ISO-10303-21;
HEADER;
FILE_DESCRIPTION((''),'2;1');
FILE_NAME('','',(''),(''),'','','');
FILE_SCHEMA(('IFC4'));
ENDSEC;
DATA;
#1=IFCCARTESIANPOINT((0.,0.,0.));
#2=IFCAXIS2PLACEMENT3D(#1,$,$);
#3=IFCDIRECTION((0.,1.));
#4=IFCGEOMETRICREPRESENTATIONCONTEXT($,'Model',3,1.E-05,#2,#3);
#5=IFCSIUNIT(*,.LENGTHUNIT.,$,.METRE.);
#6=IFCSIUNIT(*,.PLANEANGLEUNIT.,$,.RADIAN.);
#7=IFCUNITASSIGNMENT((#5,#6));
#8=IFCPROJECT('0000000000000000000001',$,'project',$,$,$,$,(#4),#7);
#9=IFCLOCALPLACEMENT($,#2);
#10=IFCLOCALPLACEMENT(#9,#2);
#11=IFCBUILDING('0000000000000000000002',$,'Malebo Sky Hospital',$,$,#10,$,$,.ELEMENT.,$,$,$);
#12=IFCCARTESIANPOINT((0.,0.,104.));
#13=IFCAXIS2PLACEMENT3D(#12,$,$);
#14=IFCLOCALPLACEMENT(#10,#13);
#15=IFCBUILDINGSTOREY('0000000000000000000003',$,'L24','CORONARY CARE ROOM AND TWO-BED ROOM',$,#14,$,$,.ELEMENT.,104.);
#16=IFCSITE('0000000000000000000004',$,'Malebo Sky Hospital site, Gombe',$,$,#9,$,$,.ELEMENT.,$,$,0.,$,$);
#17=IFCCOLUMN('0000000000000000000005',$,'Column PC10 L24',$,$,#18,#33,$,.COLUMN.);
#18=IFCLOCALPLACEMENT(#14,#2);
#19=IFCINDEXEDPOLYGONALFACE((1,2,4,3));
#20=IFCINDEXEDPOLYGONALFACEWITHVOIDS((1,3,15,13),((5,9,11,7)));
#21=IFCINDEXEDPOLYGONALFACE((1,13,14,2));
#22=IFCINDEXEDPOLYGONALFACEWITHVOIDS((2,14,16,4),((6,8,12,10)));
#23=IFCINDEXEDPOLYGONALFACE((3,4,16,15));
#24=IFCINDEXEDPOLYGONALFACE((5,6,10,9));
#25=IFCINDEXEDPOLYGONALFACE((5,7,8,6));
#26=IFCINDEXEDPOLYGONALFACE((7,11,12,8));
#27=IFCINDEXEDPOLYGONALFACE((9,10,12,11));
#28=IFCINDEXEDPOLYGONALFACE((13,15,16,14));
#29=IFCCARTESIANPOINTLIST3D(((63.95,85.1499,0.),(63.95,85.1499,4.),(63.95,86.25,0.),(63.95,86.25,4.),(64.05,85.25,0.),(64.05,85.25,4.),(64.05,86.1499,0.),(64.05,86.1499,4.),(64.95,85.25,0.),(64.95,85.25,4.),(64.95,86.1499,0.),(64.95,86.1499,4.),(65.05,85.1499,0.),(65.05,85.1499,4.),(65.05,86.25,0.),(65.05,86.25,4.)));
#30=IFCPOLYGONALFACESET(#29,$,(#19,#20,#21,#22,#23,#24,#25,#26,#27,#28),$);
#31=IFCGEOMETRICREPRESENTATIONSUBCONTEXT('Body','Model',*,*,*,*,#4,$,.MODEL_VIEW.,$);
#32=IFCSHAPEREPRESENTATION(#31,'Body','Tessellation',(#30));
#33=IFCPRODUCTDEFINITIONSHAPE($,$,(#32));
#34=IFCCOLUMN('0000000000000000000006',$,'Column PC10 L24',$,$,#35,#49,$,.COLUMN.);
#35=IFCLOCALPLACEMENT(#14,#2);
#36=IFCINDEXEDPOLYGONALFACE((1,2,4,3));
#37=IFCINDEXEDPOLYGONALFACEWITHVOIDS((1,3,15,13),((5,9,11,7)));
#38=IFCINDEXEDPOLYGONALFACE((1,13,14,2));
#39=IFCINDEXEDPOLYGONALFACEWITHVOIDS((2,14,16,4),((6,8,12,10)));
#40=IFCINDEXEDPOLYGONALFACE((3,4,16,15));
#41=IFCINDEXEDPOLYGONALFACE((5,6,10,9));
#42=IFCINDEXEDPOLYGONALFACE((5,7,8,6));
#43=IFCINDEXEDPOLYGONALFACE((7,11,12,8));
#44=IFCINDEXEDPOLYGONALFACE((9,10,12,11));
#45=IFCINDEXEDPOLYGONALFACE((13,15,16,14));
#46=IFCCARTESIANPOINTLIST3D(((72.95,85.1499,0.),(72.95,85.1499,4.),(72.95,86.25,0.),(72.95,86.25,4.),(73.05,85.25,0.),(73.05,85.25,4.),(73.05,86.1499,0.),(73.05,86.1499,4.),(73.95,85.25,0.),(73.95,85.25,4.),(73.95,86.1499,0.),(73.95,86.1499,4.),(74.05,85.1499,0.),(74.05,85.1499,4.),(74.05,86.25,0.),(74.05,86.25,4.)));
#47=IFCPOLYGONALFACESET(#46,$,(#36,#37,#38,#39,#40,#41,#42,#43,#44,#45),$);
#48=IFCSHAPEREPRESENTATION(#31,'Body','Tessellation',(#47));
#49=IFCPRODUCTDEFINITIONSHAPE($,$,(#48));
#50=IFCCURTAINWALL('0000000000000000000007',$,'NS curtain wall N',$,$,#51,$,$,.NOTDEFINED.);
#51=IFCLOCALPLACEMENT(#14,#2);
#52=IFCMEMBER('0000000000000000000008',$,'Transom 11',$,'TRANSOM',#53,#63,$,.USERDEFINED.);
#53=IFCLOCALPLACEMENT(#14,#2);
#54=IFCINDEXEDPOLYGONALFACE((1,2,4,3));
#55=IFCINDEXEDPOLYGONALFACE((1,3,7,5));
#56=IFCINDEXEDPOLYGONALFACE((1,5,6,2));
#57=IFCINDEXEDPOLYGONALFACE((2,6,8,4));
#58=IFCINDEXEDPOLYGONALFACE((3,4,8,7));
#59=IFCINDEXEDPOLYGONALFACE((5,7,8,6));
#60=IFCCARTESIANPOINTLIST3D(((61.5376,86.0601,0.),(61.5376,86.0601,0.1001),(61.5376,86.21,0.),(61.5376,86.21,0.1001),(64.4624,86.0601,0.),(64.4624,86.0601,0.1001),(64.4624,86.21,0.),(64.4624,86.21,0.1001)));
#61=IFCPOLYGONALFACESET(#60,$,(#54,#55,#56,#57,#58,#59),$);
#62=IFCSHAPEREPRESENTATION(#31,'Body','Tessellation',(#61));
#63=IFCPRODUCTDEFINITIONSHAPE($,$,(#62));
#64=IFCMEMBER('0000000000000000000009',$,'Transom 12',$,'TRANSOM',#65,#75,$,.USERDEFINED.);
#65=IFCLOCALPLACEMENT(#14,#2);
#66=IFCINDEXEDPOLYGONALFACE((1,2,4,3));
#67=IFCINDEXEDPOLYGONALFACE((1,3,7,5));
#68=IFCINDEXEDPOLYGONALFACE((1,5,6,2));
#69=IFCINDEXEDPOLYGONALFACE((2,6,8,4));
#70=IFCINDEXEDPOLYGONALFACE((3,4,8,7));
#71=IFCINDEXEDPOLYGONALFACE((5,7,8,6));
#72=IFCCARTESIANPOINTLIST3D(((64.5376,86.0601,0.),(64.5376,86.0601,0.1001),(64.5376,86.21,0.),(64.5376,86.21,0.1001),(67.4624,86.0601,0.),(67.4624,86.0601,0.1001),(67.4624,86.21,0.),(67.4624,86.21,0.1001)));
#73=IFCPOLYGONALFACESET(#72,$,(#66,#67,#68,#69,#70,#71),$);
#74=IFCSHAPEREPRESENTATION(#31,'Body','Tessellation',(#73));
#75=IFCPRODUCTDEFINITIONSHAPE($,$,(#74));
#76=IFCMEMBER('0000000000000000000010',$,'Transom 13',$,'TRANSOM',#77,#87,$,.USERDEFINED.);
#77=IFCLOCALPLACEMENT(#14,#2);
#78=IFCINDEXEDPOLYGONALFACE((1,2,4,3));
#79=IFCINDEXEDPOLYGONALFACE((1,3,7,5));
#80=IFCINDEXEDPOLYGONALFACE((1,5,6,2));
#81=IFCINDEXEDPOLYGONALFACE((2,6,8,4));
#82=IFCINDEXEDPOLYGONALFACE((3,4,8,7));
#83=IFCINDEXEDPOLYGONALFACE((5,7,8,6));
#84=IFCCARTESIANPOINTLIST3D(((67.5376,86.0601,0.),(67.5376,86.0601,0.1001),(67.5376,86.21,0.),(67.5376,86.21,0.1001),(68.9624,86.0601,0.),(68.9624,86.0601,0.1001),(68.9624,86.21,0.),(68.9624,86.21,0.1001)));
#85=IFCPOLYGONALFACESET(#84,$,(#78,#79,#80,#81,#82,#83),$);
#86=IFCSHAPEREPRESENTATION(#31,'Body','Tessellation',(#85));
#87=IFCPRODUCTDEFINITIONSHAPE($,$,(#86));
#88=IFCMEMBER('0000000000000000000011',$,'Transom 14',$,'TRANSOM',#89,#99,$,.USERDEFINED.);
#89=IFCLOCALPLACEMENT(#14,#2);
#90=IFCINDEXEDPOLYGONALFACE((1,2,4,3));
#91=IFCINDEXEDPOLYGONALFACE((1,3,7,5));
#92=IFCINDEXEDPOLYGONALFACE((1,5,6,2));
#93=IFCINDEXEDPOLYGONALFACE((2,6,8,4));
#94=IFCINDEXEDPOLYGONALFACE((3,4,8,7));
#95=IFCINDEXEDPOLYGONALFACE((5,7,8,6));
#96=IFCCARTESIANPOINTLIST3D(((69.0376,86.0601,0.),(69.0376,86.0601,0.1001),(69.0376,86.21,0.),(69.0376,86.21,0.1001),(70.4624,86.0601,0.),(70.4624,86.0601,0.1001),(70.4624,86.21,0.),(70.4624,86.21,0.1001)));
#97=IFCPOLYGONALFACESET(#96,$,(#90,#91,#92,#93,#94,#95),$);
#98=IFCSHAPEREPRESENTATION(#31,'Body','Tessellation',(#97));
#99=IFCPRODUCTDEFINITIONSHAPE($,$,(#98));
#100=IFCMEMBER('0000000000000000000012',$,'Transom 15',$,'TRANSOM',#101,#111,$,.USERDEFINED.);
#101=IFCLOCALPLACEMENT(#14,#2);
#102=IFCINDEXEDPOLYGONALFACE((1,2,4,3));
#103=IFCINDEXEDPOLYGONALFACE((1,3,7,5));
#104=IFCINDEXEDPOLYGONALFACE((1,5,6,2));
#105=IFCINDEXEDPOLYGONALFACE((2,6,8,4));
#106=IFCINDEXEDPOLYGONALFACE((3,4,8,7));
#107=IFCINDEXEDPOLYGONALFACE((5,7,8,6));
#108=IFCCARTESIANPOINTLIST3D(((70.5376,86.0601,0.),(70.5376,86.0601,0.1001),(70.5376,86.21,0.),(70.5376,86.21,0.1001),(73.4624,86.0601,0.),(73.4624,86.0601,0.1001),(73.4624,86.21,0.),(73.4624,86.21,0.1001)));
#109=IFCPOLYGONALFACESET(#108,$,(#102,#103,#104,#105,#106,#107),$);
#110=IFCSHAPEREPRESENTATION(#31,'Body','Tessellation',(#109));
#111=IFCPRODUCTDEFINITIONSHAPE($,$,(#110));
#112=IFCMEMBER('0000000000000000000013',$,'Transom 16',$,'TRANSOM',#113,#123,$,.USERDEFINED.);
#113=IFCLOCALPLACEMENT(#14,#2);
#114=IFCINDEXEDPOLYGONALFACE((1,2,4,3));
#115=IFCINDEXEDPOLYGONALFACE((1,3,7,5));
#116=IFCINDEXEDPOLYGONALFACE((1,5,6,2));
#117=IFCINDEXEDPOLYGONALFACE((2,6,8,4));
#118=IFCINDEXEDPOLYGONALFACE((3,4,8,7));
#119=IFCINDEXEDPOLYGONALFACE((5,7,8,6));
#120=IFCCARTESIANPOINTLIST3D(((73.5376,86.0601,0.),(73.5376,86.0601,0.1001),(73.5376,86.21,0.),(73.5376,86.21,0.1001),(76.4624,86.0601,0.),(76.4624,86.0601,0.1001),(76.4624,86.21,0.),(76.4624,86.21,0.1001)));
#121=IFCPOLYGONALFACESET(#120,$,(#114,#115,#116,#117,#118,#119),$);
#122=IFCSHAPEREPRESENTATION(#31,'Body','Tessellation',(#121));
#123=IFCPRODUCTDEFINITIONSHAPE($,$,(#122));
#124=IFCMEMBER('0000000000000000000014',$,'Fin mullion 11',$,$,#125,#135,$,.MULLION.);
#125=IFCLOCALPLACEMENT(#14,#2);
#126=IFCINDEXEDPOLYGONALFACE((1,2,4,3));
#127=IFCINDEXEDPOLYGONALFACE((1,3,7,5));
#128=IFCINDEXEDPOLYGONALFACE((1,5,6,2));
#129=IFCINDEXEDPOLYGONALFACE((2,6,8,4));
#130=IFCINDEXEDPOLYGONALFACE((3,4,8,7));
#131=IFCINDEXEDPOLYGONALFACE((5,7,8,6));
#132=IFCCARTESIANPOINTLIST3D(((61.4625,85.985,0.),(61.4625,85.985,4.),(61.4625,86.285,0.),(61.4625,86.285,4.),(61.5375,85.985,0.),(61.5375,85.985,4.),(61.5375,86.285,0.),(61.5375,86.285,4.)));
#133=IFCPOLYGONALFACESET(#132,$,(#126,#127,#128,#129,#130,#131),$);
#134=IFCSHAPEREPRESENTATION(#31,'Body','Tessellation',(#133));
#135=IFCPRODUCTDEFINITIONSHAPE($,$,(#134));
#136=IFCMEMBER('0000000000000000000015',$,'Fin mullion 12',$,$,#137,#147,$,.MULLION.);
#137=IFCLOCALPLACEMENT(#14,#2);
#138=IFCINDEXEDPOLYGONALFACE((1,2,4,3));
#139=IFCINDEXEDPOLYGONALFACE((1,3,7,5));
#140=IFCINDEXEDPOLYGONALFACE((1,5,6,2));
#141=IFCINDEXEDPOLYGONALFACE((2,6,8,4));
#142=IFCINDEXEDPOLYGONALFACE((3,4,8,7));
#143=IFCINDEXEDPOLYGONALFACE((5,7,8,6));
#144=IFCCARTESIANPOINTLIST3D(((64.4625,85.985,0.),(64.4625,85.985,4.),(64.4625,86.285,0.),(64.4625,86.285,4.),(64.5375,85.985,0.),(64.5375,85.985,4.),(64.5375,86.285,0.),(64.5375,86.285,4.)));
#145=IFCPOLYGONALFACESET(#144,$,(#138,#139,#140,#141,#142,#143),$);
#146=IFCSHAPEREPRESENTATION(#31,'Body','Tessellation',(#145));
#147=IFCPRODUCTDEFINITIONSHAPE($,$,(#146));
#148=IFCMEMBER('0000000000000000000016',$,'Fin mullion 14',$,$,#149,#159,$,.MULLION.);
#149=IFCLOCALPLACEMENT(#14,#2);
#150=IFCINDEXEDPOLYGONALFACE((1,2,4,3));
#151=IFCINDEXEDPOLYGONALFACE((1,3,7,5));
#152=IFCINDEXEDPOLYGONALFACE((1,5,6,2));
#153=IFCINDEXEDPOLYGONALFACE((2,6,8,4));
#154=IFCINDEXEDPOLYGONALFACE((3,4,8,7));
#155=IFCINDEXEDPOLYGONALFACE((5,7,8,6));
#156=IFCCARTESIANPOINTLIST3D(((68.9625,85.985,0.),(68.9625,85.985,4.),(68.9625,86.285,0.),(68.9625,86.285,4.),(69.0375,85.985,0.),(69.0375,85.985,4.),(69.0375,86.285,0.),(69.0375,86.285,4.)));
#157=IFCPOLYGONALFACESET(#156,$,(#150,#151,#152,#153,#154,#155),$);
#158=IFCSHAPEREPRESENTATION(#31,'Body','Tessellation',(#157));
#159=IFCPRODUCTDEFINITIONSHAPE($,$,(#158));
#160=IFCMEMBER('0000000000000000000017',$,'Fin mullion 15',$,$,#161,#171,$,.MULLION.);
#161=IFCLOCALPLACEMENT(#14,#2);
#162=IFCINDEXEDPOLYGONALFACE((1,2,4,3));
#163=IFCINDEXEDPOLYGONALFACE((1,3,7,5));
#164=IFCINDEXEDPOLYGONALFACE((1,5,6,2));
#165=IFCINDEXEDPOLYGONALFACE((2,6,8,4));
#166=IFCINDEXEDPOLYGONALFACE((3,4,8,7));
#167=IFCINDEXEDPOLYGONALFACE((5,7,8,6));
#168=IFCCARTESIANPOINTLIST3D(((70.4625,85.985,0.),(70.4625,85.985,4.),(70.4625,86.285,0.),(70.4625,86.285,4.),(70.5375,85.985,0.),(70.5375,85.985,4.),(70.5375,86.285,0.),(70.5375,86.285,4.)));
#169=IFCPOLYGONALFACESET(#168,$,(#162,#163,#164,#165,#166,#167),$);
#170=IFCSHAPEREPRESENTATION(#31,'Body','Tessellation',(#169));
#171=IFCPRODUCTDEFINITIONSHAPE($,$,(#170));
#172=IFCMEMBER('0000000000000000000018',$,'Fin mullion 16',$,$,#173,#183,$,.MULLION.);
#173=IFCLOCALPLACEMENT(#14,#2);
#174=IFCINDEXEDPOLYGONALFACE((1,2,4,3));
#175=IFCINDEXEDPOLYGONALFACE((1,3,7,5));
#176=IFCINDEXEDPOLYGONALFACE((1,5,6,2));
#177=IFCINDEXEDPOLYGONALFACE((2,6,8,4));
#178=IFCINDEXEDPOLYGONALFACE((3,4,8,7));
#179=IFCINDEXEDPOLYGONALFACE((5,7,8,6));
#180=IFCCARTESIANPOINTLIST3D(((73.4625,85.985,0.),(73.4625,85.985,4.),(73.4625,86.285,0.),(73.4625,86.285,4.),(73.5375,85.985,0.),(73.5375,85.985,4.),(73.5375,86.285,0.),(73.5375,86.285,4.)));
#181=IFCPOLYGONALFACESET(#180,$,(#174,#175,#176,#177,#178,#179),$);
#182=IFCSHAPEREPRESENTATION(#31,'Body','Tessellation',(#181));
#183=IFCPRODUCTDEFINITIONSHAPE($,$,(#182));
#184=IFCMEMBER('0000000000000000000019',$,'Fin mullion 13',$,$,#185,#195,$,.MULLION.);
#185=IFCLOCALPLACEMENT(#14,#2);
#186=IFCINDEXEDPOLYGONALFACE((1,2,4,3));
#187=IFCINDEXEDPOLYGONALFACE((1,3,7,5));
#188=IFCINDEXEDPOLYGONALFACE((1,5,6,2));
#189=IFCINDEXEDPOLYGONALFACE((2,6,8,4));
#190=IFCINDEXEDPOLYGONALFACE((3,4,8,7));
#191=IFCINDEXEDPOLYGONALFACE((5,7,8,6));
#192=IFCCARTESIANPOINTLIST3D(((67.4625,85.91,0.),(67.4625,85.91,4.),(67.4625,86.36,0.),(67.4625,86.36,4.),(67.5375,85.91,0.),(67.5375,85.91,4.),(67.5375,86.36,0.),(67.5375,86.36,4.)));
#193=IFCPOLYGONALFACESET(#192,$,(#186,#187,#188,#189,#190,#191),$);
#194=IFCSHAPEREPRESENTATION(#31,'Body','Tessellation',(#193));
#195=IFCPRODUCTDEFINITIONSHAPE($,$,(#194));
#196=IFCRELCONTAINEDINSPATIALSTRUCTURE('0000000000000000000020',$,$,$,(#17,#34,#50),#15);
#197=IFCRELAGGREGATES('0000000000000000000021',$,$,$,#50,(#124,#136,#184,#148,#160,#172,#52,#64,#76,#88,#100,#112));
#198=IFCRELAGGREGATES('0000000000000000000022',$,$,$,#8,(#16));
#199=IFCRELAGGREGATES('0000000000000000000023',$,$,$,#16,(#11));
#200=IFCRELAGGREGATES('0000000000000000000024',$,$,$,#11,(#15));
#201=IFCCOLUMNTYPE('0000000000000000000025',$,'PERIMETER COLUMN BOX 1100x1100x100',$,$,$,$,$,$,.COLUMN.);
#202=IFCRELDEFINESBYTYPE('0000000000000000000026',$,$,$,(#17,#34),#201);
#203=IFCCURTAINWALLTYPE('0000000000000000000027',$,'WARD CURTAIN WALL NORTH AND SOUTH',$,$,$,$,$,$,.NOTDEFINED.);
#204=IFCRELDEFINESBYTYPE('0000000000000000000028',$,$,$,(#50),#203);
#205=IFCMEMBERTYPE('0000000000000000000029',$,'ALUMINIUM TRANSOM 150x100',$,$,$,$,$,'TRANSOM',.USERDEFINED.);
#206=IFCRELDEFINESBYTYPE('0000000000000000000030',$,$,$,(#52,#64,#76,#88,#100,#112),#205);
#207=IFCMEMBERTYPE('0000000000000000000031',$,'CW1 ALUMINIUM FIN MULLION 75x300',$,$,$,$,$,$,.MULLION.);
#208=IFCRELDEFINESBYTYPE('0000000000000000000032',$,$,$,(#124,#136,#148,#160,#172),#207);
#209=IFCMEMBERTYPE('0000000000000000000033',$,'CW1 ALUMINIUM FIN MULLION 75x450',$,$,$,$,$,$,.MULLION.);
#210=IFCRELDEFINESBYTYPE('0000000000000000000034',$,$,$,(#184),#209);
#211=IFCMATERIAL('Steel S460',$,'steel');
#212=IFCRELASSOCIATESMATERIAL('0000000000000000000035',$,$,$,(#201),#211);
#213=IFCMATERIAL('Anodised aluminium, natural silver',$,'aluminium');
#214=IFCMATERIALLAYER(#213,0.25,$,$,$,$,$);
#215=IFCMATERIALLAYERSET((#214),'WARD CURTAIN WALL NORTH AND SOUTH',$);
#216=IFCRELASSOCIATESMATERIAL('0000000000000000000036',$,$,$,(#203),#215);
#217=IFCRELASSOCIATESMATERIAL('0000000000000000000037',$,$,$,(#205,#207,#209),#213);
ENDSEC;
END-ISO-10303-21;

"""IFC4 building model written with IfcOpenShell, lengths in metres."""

from ifc_helpers import new_model, si_unit, direction, frame, origin, origin_2d, place, context, subcontext, project, spatial, rectangle, hollow_rectangle, extrude, material, layer, layer_set, material_profile, profile_set, type_object, element, aggregate, save


model = new_model("IFC4")

# Units and contexts
model_context = context("Model", 3, precision=1e-05, world=origin(), true_north=direction((0.0, 1.0)))
body_context = subcontext(model_context, "Body", "Model", "MODEL_VIEW")
ifc_project = project(units=[si_unit("LENGTHUNIT", "METRE"), si_unit("PLANEANGLEUNIT", "RADIAN")], contexts=[model_context])

# Site, building, storey
site_placement = place(None, origin())
site = spatial("IfcSite", under=ifc_project, at=site_placement, Name="Malebo Sky Hospital site, Gombe", CompositionType="ELEMENT", RefElevation=0.0)
building_placement = place(site_placement, origin())
building = spatial("IfcBuilding", under=site, at=building_placement, Name="Malebo Sky Hospital", CompositionType="ELEMENT")
storey_placement = place(building_placement, frame((0.0, 0.0, 104.0)))
storey = spatial("IfcBuildingStorey", under=building, at=storey_placement, Name="L24", Description="CORONARY CARE ROOM AND TWO-BED ROOM", CompositionType="ELEMENT", Elevation=104.0)

# Columns
ifc_material_1 = material(Name="Steel S460", Category="steel")
ifc_material_profile_1 = material_profile(ifc_material_1, hollow_rectangle(XDim=1.1001, YDim=1.1001, WallThickness=0.1001, at=origin_2d()), Name="BOX 1100x1100x100")
ifc_profile_set_1 = profile_set([ifc_material_profile_1], Name="Steel S460")
column_type = type_object("IfcColumnType", Name="PERIMETER COLUMN BOX 1100x1100x100", PredefinedType="COLUMN", material=ifc_profile_set_1)
for number, where, z_axis, x_axis, name in (
    (1, (64.5, 85.7, 0.0), (0.0, 0.0, 1.0), (1.0, 0.0, 0.0), "Column PC10 L24"),
    (2, (73.5, 85.7, 0.0), (0.0, 0.0, 1.0), (1.0, 0.0, 0.0), "Column PC10 L24"),
):
    element("IfcColumn", number, at=place(storey_placement, frame(where, z_axis=z_axis, x_axis=x_axis)), inside=storey, type_object=column_type, Name=name, PredefinedType="COLUMN", context=body_context, shape_type="SweptSolid", body=[
        extrude(hollow_rectangle(XDim=1.1001, YDim=1.1001, WallThickness=0.1001, at=origin_2d()), origin(), (0.0, 0.0, 1.0), 4.0),
    ])

# Curtain wall, members
ifc_material_2 = material(Name="Anodised aluminium, natural silver", Category="aluminium")
ifc_layer_1 = layer(ifc_material_2, 0.25)
ifc_layer_set_1 = layer_set([ifc_layer_1], Name="WARD CURTAIN WALL NORTH AND SOUTH")
curtain_wall_type = type_object("IfcCurtainWallType", Name="WARD CURTAIN WALL NORTH AND SOUTH", PredefinedType="NOTDEFINED", material=ifc_layer_set_1)
curtain_wall_placement = place(storey_placement, origin())
curtain_wall = element("IfcCurtainWall", 3, at=curtain_wall_placement, inside=storey, type_object=curtain_wall_type, Name="NS curtain wall N", PredefinedType="NOTDEFINED")
ifc_material_profile_2 = material_profile(ifc_material_2, rectangle(XDim=0.1499, YDim=0.1001, at=origin_2d()), Name="ALUMINIUM TRANSOM 150x100")
ifc_profile_set_2 = profile_set([ifc_material_profile_2], Name="Anodised aluminium, natural silver")
member_type_1 = type_object("IfcMemberType", Name="ALUMINIUM TRANSOM 150x100", ElementType="TRANSOM", PredefinedType="USERDEFINED", material=ifc_profile_set_2)
member_1_placement = place(storey_placement, frame((61.5376, 86.135, 0.05), z_axis=(1.0, 0.0, 0.0), x_axis=(0.0, 1.0, 0.0)))
member_1 = element("IfcMember", 4, at=member_1_placement, type_object=member_type_1, Name="Transom 11", ObjectType="TRANSOM", PredefinedType="USERDEFINED", context=body_context, shape_type="SweptSolid", body=[
    extrude(rectangle(XDim=0.1499, YDim=0.1001, at=origin_2d()), origin(), (0.0, 0.0, 1.0), 2.9248),
])
member_2_placement = place(storey_placement, frame((64.5376, 86.135, 0.05), z_axis=(1.0, 0.0, 0.0), x_axis=(0.0, 1.0, 0.0)))
member_2 = element("IfcMember", 5, at=member_2_placement, type_object=member_type_1, Name="Transom 12", ObjectType="TRANSOM", PredefinedType="USERDEFINED", context=body_context, shape_type="SweptSolid", body=[
    extrude(rectangle(XDim=0.1499, YDim=0.1001, at=origin_2d()), origin(), (0.0, 0.0, 1.0), 2.9248),
])
member_3_placement = place(storey_placement, frame((67.5376, 86.135, 0.05), z_axis=(1.0, 0.0, 0.0), x_axis=(0.0, 1.0, 0.0)))
member_3 = element("IfcMember", 6, at=member_3_placement, type_object=member_type_1, Name="Transom 13", ObjectType="TRANSOM", PredefinedType="USERDEFINED", context=body_context, shape_type="SweptSolid", body=[
    extrude(rectangle(XDim=0.1499, YDim=0.1001, at=origin_2d()), origin(), (0.0, 0.0, 1.0), 1.4248),
])
member_4_placement = place(storey_placement, frame((69.0376, 86.135, 0.05), z_axis=(1.0, 0.0, 0.0), x_axis=(0.0, 1.0, 0.0)))
member_4 = element("IfcMember", 7, at=member_4_placement, type_object=member_type_1, Name="Transom 14", ObjectType="TRANSOM", PredefinedType="USERDEFINED", context=body_context, shape_type="SweptSolid", body=[
    extrude(rectangle(XDim=0.1499, YDim=0.1001, at=origin_2d()), origin(), (0.0, 0.0, 1.0), 1.4248),
])
member_5_placement = place(storey_placement, frame((70.5376, 86.135, 0.05), z_axis=(1.0, 0.0, 0.0), x_axis=(0.0, 1.0, 0.0)))
member_5 = element("IfcMember", 8, at=member_5_placement, type_object=member_type_1, Name="Transom 15", ObjectType="TRANSOM", PredefinedType="USERDEFINED", context=body_context, shape_type="SweptSolid", body=[
    extrude(rectangle(XDim=0.1499, YDim=0.1001, at=origin_2d()), origin(), (0.0, 0.0, 1.0), 2.9248),
])
member_6_placement = place(storey_placement, frame((73.5376, 86.135, 0.05), z_axis=(1.0, 0.0, 0.0), x_axis=(0.0, 1.0, 0.0)))
member_6 = element("IfcMember", 9, at=member_6_placement, type_object=member_type_1, Name="Transom 16", ObjectType="TRANSOM", PredefinedType="USERDEFINED", context=body_context, shape_type="SweptSolid", body=[
    extrude(rectangle(XDim=0.1499, YDim=0.1001, at=origin_2d()), origin(), (0.0, 0.0, 1.0), 2.9248),
])
ifc_material_profile_3 = material_profile(ifc_material_2, rectangle(XDim=0.075, YDim=0.3, at=origin_2d()), Name="CW1 ALUMINIUM FIN MULLION 75x300")
ifc_profile_set_3 = profile_set([ifc_material_profile_3], Name="Anodised aluminium, natural silver")
member_type_2 = type_object("IfcMemberType", Name="CW1 ALUMINIUM FIN MULLION 75x300", PredefinedType="MULLION", material=ifc_profile_set_3)
member_7_placement = place(storey_placement, frame((61.5, 86.135, 0.0), z_axis=(0.0, 0.0, 1.0), x_axis=(1.0, 0.0, 0.0)))
member_7 = element("IfcMember", 10, at=member_7_placement, type_object=member_type_2, Name="Fin mullion 11", PredefinedType="MULLION", context=body_context, shape_type="SweptSolid", body=[
    extrude(rectangle(XDim=0.075, YDim=0.3, at=origin_2d()), origin(), (0.0, 0.0, 1.0), 4.0),
])
member_8_placement = place(storey_placement, frame((64.5, 86.135, 0.0), z_axis=(0.0, 0.0, 1.0), x_axis=(1.0, 0.0, 0.0)))
member_8 = element("IfcMember", 11, at=member_8_placement, type_object=member_type_2, Name="Fin mullion 12", PredefinedType="MULLION", context=body_context, shape_type="SweptSolid", body=[
    extrude(rectangle(XDim=0.075, YDim=0.3, at=origin_2d()), origin(), (0.0, 0.0, 1.0), 4.0),
])
member_9_placement = place(storey_placement, frame((69.0, 86.135, 0.0), z_axis=(0.0, 0.0, 1.0), x_axis=(1.0, 0.0, 0.0)))
member_9 = element("IfcMember", 12, at=member_9_placement, type_object=member_type_2, Name="Fin mullion 14", PredefinedType="MULLION", context=body_context, shape_type="SweptSolid", body=[
    extrude(rectangle(XDim=0.075, YDim=0.3, at=origin_2d()), origin(), (0.0, 0.0, 1.0), 4.0),
])
member_10_placement = place(storey_placement, frame((70.5, 86.135, 0.0), z_axis=(0.0, 0.0, 1.0), x_axis=(1.0, 0.0, 0.0)))
member_10 = element("IfcMember", 13, at=member_10_placement, type_object=member_type_2, Name="Fin mullion 15", PredefinedType="MULLION", context=body_context, shape_type="SweptSolid", body=[
    extrude(rectangle(XDim=0.075, YDim=0.3, at=origin_2d()), origin(), (0.0, 0.0, 1.0), 4.0),
])
member_11_placement = place(storey_placement, frame((73.5, 86.135, 0.0), z_axis=(0.0, 0.0, 1.0), x_axis=(1.0, 0.0, 0.0)))
member_11 = element("IfcMember", 14, at=member_11_placement, type_object=member_type_2, Name="Fin mullion 16", PredefinedType="MULLION", context=body_context, shape_type="SweptSolid", body=[
    extrude(rectangle(XDim=0.075, YDim=0.3, at=origin_2d()), origin(), (0.0, 0.0, 1.0), 4.0),
])
ifc_material_profile_4 = material_profile(ifc_material_2, rectangle(XDim=0.075, YDim=0.45, at=origin_2d()), Name="CW1 ALUMINIUM FIN MULLION 75x450")
ifc_profile_set_4 = profile_set([ifc_material_profile_4], Name="Anodised aluminium, natural silver")
member_type_3 = type_object("IfcMemberType", Name="CW1 ALUMINIUM FIN MULLION 75x450", PredefinedType="MULLION", material=ifc_profile_set_4)
member_12_placement = place(storey_placement, frame((67.5, 86.135, 0.0), z_axis=(0.0, 0.0, 1.0), x_axis=(1.0, 0.0, 0.0)))
member_12 = element("IfcMember", 15, at=member_12_placement, type_object=member_type_3, Name="Fin mullion 13", PredefinedType="MULLION", context=body_context, shape_type="SweptSolid", body=[
    extrude(rectangle(XDim=0.075, YDim=0.45, at=origin_2d()), origin(), (0.0, 0.0, 1.0), 4.0),
])

aggregate(curtain_wall, [member_7, member_8, member_12, member_9, member_10, member_11, member_1, member_2, member_3, member_4, member_5, member_6])

save(model, "model.ifc")
